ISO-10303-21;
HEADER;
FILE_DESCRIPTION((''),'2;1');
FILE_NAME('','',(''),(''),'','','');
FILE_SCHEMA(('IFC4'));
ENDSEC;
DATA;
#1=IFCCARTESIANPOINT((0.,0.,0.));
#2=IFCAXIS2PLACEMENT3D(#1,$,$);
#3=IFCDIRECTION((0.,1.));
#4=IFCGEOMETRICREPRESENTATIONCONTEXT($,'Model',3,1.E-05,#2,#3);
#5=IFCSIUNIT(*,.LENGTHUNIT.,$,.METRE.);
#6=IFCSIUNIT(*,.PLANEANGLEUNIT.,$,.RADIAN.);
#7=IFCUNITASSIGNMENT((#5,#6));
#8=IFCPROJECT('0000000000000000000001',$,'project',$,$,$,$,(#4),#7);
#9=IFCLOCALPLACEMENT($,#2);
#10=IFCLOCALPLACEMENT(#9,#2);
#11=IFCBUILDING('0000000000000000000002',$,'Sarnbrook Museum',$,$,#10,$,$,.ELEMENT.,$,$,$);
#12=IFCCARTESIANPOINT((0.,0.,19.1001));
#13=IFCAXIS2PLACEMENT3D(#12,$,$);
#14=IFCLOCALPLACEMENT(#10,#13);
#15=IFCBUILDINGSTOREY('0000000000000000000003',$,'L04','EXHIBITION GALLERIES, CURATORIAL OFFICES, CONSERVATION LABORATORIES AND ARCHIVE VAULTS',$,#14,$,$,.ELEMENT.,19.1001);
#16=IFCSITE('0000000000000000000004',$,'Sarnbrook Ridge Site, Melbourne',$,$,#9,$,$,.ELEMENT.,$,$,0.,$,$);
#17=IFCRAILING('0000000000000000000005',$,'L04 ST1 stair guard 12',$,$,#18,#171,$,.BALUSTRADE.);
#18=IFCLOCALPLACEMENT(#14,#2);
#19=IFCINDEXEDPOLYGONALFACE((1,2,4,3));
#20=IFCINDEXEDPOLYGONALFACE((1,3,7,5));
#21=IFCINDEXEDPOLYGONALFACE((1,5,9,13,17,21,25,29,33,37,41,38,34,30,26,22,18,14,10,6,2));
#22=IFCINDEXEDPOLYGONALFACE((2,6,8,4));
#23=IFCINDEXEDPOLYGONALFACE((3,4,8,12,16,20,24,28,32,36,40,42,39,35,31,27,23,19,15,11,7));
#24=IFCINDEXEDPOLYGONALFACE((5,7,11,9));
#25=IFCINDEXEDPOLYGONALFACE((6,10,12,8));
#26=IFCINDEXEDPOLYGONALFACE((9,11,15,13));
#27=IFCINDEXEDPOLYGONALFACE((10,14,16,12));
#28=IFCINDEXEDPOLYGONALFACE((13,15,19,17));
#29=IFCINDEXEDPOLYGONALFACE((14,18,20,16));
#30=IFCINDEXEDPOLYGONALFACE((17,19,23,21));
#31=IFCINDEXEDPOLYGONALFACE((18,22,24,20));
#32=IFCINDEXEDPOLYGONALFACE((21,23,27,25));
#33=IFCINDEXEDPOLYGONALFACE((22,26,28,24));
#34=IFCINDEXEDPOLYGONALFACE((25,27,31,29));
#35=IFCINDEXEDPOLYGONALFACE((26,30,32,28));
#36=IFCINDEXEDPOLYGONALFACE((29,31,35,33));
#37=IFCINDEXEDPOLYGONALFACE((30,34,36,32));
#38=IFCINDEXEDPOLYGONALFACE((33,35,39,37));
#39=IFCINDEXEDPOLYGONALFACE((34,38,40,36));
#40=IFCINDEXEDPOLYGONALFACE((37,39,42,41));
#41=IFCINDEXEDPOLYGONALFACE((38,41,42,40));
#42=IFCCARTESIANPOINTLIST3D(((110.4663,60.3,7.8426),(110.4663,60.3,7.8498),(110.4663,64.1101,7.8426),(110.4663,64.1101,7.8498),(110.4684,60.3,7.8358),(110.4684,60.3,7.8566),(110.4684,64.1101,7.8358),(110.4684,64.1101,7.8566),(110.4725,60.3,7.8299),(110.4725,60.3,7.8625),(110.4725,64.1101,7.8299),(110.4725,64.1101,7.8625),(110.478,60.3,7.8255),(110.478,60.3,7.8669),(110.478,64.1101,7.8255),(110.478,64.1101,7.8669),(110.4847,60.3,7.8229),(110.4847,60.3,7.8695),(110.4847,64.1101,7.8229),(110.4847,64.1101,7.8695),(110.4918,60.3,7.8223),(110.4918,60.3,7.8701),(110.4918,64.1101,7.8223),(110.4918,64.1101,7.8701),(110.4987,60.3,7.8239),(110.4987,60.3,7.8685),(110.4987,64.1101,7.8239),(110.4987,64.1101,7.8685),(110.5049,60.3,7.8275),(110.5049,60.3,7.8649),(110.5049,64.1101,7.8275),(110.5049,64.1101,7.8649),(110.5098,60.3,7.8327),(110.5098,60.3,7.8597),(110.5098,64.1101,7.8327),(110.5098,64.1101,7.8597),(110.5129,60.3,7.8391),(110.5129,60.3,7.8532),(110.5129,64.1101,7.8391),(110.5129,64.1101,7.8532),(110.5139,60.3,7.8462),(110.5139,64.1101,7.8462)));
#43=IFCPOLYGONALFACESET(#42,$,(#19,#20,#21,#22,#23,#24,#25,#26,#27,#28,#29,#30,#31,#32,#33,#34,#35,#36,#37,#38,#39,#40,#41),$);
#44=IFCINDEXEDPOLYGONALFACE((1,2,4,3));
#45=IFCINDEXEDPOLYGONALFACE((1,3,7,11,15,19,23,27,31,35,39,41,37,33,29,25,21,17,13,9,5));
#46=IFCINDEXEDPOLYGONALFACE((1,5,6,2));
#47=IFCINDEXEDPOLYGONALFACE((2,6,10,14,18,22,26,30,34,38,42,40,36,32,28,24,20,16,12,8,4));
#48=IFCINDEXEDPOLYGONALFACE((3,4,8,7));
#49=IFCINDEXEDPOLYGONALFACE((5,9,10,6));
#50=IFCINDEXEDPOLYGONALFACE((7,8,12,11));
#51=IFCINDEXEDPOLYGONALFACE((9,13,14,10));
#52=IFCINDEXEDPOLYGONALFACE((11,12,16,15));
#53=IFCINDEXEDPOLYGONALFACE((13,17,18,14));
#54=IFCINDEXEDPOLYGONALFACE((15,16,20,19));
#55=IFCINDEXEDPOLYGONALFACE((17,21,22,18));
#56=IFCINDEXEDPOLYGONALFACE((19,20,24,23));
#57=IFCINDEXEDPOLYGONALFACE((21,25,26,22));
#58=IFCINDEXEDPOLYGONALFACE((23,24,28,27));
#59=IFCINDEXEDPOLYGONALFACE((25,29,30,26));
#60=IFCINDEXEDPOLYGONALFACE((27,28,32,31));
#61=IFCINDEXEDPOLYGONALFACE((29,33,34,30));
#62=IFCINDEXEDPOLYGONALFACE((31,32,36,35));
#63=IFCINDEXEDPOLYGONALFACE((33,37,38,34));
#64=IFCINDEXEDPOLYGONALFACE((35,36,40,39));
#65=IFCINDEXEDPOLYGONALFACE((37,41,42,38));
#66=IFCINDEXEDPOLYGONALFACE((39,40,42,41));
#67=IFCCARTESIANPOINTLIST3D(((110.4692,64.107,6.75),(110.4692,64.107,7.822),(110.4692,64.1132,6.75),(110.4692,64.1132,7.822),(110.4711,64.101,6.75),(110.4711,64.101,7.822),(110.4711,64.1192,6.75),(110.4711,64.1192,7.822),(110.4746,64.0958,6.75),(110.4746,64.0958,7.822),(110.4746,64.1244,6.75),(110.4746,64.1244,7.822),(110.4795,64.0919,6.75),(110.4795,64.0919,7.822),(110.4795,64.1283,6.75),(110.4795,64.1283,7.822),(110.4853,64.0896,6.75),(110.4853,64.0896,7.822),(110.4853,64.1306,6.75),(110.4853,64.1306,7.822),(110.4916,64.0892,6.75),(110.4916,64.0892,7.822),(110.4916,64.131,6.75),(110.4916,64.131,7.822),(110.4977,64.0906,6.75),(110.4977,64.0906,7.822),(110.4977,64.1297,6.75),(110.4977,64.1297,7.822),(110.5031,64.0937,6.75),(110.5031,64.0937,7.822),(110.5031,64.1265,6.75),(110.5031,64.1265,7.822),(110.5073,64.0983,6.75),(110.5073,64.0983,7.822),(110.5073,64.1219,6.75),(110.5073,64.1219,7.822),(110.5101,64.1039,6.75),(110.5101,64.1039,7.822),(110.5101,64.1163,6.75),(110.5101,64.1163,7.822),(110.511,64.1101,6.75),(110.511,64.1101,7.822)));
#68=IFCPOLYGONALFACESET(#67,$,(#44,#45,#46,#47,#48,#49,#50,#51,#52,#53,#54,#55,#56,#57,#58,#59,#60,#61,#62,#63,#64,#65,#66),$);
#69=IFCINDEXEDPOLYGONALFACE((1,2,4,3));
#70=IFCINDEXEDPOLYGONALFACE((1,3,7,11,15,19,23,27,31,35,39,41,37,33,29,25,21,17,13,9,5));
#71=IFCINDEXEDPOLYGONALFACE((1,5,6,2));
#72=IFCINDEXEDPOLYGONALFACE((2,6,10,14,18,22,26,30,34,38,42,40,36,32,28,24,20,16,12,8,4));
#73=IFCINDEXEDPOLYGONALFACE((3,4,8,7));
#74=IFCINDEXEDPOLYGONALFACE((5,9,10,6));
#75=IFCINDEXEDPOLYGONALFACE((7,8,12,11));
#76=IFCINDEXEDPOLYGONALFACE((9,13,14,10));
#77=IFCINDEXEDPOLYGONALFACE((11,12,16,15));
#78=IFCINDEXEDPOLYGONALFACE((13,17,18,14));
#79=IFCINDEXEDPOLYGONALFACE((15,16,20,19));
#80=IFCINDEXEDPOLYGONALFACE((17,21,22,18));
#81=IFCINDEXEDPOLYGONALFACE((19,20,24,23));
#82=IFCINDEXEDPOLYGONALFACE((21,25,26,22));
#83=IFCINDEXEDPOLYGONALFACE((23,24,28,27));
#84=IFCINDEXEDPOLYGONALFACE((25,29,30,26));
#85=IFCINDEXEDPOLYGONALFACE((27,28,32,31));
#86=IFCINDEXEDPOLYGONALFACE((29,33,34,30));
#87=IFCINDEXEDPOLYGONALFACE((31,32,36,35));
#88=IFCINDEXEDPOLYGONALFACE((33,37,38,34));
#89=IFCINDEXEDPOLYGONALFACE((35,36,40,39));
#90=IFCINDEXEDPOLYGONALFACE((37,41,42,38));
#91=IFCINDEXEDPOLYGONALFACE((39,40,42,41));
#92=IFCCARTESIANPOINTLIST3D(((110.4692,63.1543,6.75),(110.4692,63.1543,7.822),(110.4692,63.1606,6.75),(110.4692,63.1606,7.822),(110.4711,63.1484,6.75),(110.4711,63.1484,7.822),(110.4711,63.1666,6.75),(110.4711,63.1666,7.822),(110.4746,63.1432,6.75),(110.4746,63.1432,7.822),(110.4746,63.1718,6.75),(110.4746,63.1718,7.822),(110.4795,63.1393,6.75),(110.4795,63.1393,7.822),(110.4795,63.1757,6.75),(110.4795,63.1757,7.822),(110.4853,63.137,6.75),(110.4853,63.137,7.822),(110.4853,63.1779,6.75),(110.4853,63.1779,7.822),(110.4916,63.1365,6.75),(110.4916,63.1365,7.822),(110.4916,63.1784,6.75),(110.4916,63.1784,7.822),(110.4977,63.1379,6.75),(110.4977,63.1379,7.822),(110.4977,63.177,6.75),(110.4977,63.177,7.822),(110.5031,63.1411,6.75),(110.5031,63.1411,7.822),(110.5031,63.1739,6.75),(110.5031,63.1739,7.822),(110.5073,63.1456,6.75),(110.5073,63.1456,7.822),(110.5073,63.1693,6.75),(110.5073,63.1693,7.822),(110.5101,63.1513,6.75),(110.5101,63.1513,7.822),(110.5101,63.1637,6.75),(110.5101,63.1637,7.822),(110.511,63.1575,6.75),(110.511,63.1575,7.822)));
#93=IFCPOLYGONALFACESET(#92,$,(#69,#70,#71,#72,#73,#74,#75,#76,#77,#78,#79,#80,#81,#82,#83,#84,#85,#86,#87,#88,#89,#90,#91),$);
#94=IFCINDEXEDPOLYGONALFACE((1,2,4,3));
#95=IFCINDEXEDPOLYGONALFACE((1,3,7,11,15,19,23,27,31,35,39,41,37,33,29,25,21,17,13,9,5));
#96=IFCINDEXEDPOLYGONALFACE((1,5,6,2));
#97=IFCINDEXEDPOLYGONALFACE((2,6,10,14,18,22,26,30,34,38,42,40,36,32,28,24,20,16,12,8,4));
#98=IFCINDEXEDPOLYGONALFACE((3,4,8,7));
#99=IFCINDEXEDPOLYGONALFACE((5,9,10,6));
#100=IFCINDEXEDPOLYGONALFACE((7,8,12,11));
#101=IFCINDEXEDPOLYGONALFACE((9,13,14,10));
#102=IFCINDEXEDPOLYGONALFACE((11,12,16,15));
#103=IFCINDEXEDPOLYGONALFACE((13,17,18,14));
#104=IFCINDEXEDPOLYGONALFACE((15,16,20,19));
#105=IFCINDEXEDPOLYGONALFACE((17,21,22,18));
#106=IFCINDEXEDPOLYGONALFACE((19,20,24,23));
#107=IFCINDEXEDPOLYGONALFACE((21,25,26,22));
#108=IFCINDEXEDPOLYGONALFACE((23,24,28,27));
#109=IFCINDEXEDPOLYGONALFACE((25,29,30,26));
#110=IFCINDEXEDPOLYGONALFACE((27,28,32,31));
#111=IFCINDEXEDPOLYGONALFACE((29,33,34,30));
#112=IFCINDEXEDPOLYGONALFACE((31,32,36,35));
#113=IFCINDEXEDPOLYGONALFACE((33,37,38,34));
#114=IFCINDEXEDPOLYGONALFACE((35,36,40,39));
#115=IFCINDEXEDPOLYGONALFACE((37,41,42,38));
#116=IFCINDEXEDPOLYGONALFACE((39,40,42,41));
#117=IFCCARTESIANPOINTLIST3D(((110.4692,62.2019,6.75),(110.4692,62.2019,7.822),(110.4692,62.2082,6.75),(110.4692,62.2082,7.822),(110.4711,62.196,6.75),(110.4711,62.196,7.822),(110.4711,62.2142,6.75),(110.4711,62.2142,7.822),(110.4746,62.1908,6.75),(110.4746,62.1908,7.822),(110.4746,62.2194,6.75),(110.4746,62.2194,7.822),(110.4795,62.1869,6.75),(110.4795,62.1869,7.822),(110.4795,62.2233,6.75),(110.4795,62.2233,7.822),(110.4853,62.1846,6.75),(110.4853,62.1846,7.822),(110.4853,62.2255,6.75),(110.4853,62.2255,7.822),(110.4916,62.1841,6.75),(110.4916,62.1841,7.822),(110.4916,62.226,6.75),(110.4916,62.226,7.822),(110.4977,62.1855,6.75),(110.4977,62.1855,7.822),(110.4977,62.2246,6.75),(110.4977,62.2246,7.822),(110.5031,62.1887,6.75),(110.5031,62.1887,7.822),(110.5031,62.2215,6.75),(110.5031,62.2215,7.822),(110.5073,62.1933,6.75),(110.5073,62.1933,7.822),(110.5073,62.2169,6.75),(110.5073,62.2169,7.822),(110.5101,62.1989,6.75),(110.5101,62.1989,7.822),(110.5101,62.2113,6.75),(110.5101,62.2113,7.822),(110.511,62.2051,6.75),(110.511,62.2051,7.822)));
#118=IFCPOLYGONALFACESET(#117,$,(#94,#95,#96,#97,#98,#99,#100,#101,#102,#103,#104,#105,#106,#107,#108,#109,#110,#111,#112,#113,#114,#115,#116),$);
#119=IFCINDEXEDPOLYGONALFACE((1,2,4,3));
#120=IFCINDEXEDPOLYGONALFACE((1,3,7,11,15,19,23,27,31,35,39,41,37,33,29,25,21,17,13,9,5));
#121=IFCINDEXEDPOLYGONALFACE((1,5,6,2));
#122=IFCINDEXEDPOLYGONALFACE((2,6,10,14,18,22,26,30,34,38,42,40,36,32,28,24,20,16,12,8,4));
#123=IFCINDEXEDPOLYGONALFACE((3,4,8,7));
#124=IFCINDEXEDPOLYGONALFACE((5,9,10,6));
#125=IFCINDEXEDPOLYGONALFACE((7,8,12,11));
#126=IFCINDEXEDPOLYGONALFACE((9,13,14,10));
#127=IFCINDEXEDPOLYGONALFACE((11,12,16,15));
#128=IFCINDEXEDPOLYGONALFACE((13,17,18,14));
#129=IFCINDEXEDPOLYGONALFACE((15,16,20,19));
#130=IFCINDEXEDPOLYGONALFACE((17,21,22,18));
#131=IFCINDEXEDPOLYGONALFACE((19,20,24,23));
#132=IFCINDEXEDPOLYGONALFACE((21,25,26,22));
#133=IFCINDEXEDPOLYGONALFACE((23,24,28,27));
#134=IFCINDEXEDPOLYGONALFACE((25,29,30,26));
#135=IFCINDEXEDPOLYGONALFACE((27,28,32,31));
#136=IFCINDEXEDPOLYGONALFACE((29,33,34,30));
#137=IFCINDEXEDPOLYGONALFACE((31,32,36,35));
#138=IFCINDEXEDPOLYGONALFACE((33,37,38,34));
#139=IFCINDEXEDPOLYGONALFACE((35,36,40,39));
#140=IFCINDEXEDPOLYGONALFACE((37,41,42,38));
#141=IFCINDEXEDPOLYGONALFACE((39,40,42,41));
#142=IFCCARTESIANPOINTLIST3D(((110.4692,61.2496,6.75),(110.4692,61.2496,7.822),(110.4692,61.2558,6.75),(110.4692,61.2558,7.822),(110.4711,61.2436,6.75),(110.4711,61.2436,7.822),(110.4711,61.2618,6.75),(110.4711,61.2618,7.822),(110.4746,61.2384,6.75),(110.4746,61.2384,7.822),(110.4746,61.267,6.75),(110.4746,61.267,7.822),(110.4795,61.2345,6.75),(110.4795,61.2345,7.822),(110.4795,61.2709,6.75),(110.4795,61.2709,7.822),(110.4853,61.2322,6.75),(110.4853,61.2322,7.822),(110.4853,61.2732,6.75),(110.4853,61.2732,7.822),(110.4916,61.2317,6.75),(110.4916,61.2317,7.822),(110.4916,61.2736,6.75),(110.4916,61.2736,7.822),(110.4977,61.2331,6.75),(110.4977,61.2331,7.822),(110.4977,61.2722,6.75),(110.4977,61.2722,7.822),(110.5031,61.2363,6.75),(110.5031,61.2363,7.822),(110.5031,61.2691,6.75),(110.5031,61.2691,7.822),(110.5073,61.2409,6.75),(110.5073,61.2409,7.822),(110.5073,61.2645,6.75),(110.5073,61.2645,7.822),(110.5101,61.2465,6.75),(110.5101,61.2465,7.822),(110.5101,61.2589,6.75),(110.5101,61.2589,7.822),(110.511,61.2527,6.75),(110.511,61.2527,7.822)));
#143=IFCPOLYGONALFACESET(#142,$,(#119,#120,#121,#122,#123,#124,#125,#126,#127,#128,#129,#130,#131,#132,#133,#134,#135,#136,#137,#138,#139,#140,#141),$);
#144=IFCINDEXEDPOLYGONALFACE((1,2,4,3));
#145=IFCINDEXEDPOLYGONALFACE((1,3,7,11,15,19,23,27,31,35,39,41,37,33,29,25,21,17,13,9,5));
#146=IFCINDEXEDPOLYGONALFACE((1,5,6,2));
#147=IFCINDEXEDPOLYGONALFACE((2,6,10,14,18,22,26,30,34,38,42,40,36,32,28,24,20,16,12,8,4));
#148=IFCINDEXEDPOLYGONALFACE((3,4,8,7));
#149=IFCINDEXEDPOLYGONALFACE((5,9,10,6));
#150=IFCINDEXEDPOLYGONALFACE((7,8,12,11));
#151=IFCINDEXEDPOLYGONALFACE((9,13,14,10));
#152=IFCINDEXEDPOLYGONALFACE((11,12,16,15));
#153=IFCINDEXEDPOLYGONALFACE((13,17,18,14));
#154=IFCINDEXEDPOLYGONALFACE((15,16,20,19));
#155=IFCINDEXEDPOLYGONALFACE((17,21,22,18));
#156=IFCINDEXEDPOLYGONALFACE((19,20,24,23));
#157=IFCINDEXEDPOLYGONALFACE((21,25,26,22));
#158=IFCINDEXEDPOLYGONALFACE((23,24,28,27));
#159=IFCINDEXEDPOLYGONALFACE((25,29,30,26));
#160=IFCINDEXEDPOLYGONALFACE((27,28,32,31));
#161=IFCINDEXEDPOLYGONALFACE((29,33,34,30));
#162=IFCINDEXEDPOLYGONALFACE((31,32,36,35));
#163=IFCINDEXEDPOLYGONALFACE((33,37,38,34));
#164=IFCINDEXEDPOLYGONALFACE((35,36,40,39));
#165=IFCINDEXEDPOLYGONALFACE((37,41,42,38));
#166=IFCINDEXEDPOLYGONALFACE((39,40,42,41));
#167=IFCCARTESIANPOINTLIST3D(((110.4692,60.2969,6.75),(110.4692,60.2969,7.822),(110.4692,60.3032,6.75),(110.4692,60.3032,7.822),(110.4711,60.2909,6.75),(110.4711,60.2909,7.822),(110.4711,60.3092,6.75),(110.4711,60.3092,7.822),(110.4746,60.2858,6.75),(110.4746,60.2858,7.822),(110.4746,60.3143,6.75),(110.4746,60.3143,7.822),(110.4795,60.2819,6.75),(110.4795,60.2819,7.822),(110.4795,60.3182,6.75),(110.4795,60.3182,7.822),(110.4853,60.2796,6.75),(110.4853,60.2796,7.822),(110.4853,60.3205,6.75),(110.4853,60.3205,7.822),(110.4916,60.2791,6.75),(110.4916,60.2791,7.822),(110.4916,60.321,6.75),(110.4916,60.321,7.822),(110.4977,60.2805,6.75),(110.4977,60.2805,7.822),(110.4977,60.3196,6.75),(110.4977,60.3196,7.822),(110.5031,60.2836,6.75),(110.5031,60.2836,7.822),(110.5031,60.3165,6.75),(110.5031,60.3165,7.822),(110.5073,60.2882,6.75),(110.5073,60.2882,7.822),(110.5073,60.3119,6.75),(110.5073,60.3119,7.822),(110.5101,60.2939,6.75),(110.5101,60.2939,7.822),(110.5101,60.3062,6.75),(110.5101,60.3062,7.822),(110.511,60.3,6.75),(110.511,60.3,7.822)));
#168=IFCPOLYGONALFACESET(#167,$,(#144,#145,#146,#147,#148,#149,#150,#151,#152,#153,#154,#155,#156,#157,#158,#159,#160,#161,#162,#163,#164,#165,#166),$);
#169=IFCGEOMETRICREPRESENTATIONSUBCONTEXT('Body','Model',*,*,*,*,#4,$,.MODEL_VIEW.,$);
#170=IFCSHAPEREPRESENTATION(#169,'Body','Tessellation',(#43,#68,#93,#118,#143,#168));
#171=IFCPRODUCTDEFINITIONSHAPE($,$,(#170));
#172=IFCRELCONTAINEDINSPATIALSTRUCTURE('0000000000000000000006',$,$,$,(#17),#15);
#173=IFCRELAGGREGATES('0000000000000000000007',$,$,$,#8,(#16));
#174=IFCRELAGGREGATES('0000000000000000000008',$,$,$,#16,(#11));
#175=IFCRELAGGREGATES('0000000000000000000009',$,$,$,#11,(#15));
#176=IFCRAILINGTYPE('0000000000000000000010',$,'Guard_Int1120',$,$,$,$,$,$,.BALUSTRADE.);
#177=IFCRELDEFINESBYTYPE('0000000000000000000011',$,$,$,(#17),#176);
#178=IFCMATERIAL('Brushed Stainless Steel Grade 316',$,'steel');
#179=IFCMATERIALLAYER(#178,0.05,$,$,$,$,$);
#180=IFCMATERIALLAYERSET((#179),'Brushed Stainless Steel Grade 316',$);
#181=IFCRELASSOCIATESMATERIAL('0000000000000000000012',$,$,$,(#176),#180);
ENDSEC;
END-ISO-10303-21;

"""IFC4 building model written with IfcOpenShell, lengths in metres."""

from ifc_helpers import new_model, si_unit, direction, frame, origin, origin_2d, place, context, subcontext, project, spatial, circle, extrude, material, layer, layer_set, type_object, element, save


model = new_model("IFC4")

# Units and contexts
model_context = context("Model", 3, precision=1e-05, world=origin(), true_north=direction((0.0, 1.0)))
body_context = subcontext(model_context, "Body", "Model", "MODEL_VIEW")
ifc_project = project(units=[si_unit("LENGTHUNIT", "METRE"), si_unit("PLANEANGLEUNIT", "RADIAN")], contexts=[model_context])

# Site, building, storey
site_placement = place(None, origin())
site = spatial("IfcSite", under=ifc_project, at=site_placement, Name="Sarnbrook Ridge Site, Melbourne", CompositionType="ELEMENT", RefElevation=0.0)
building_placement = place(site_placement, origin())
building = spatial("IfcBuilding", under=site, at=building_placement, Name="Sarnbrook Museum", CompositionType="ELEMENT")
storey_placement = place(building_placement, frame((0.0, 0.0, 19.1001)))
storey = spatial("IfcBuildingStorey", under=building, at=storey_placement, Name="L04", Description="EXHIBITION GALLERIES, CURATORIAL OFFICES, CONSERVATION LABORATORIES AND ARCHIVE VAULTS", CompositionType="ELEMENT", Elevation=19.1001)

# Railing
ifc_material_1 = material(Name="Brushed Stainless Steel Grade 316", Category="steel")
ifc_layer_1 = layer(ifc_material_1, 0.05)
ifc_layer_set_1 = layer_set([ifc_layer_1], Name="Brushed Stainless Steel Grade 316")
railing_type_1 = type_object("IfcRailingType", Name="Guard_Int1120", PredefinedType="BALUSTRADE", material=ifc_layer_set_1)
railing_1_placement = place(storey_placement, frame((110.49, 64.1101, 6.75)))
element("IfcRailing", 1, at=railing_1_placement, inside=storey, type_object=railing_type_1, Name="L04 ST1 stair guard 12", PredefinedType="BALUSTRADE", context=body_context, shape_type="SweptSolid", body=[
    extrude(circle(Radius=0.0239, at=origin_2d()), frame((0.0, 0.0, 1.0962), z_axis=(0.0, -1.0, 0.0), x_axis=(1.0, 0.0, 0.0)), (0.0, 0.0, 1.0), 3.8101),
    extrude(circle(Radius=0.021, at=origin_2d()), origin(), (0.0, 0.0, 1.0), 1.072),
    extrude(circle(Radius=0.021, at=origin_2d()), frame((0.0, -0.9526, 0.0)), (0.0, 0.0, 1.0), 1.072),
    extrude(circle(Radius=0.021, at=origin_2d()), frame((0.0, -1.905, 0.0)), (0.0, 0.0, 1.0), 1.072),
    extrude(circle(Radius=0.021, at=origin_2d()), frame((0.0, -2.8574, 0.0)), (0.0, 0.0, 1.0), 1.072),
    extrude(circle(Radius=0.021, at=origin_2d()), frame((0.0, -3.8101, 0.0)), (0.0, 0.0, 1.0), 1.072),
])

save(model, "model.ifc")
